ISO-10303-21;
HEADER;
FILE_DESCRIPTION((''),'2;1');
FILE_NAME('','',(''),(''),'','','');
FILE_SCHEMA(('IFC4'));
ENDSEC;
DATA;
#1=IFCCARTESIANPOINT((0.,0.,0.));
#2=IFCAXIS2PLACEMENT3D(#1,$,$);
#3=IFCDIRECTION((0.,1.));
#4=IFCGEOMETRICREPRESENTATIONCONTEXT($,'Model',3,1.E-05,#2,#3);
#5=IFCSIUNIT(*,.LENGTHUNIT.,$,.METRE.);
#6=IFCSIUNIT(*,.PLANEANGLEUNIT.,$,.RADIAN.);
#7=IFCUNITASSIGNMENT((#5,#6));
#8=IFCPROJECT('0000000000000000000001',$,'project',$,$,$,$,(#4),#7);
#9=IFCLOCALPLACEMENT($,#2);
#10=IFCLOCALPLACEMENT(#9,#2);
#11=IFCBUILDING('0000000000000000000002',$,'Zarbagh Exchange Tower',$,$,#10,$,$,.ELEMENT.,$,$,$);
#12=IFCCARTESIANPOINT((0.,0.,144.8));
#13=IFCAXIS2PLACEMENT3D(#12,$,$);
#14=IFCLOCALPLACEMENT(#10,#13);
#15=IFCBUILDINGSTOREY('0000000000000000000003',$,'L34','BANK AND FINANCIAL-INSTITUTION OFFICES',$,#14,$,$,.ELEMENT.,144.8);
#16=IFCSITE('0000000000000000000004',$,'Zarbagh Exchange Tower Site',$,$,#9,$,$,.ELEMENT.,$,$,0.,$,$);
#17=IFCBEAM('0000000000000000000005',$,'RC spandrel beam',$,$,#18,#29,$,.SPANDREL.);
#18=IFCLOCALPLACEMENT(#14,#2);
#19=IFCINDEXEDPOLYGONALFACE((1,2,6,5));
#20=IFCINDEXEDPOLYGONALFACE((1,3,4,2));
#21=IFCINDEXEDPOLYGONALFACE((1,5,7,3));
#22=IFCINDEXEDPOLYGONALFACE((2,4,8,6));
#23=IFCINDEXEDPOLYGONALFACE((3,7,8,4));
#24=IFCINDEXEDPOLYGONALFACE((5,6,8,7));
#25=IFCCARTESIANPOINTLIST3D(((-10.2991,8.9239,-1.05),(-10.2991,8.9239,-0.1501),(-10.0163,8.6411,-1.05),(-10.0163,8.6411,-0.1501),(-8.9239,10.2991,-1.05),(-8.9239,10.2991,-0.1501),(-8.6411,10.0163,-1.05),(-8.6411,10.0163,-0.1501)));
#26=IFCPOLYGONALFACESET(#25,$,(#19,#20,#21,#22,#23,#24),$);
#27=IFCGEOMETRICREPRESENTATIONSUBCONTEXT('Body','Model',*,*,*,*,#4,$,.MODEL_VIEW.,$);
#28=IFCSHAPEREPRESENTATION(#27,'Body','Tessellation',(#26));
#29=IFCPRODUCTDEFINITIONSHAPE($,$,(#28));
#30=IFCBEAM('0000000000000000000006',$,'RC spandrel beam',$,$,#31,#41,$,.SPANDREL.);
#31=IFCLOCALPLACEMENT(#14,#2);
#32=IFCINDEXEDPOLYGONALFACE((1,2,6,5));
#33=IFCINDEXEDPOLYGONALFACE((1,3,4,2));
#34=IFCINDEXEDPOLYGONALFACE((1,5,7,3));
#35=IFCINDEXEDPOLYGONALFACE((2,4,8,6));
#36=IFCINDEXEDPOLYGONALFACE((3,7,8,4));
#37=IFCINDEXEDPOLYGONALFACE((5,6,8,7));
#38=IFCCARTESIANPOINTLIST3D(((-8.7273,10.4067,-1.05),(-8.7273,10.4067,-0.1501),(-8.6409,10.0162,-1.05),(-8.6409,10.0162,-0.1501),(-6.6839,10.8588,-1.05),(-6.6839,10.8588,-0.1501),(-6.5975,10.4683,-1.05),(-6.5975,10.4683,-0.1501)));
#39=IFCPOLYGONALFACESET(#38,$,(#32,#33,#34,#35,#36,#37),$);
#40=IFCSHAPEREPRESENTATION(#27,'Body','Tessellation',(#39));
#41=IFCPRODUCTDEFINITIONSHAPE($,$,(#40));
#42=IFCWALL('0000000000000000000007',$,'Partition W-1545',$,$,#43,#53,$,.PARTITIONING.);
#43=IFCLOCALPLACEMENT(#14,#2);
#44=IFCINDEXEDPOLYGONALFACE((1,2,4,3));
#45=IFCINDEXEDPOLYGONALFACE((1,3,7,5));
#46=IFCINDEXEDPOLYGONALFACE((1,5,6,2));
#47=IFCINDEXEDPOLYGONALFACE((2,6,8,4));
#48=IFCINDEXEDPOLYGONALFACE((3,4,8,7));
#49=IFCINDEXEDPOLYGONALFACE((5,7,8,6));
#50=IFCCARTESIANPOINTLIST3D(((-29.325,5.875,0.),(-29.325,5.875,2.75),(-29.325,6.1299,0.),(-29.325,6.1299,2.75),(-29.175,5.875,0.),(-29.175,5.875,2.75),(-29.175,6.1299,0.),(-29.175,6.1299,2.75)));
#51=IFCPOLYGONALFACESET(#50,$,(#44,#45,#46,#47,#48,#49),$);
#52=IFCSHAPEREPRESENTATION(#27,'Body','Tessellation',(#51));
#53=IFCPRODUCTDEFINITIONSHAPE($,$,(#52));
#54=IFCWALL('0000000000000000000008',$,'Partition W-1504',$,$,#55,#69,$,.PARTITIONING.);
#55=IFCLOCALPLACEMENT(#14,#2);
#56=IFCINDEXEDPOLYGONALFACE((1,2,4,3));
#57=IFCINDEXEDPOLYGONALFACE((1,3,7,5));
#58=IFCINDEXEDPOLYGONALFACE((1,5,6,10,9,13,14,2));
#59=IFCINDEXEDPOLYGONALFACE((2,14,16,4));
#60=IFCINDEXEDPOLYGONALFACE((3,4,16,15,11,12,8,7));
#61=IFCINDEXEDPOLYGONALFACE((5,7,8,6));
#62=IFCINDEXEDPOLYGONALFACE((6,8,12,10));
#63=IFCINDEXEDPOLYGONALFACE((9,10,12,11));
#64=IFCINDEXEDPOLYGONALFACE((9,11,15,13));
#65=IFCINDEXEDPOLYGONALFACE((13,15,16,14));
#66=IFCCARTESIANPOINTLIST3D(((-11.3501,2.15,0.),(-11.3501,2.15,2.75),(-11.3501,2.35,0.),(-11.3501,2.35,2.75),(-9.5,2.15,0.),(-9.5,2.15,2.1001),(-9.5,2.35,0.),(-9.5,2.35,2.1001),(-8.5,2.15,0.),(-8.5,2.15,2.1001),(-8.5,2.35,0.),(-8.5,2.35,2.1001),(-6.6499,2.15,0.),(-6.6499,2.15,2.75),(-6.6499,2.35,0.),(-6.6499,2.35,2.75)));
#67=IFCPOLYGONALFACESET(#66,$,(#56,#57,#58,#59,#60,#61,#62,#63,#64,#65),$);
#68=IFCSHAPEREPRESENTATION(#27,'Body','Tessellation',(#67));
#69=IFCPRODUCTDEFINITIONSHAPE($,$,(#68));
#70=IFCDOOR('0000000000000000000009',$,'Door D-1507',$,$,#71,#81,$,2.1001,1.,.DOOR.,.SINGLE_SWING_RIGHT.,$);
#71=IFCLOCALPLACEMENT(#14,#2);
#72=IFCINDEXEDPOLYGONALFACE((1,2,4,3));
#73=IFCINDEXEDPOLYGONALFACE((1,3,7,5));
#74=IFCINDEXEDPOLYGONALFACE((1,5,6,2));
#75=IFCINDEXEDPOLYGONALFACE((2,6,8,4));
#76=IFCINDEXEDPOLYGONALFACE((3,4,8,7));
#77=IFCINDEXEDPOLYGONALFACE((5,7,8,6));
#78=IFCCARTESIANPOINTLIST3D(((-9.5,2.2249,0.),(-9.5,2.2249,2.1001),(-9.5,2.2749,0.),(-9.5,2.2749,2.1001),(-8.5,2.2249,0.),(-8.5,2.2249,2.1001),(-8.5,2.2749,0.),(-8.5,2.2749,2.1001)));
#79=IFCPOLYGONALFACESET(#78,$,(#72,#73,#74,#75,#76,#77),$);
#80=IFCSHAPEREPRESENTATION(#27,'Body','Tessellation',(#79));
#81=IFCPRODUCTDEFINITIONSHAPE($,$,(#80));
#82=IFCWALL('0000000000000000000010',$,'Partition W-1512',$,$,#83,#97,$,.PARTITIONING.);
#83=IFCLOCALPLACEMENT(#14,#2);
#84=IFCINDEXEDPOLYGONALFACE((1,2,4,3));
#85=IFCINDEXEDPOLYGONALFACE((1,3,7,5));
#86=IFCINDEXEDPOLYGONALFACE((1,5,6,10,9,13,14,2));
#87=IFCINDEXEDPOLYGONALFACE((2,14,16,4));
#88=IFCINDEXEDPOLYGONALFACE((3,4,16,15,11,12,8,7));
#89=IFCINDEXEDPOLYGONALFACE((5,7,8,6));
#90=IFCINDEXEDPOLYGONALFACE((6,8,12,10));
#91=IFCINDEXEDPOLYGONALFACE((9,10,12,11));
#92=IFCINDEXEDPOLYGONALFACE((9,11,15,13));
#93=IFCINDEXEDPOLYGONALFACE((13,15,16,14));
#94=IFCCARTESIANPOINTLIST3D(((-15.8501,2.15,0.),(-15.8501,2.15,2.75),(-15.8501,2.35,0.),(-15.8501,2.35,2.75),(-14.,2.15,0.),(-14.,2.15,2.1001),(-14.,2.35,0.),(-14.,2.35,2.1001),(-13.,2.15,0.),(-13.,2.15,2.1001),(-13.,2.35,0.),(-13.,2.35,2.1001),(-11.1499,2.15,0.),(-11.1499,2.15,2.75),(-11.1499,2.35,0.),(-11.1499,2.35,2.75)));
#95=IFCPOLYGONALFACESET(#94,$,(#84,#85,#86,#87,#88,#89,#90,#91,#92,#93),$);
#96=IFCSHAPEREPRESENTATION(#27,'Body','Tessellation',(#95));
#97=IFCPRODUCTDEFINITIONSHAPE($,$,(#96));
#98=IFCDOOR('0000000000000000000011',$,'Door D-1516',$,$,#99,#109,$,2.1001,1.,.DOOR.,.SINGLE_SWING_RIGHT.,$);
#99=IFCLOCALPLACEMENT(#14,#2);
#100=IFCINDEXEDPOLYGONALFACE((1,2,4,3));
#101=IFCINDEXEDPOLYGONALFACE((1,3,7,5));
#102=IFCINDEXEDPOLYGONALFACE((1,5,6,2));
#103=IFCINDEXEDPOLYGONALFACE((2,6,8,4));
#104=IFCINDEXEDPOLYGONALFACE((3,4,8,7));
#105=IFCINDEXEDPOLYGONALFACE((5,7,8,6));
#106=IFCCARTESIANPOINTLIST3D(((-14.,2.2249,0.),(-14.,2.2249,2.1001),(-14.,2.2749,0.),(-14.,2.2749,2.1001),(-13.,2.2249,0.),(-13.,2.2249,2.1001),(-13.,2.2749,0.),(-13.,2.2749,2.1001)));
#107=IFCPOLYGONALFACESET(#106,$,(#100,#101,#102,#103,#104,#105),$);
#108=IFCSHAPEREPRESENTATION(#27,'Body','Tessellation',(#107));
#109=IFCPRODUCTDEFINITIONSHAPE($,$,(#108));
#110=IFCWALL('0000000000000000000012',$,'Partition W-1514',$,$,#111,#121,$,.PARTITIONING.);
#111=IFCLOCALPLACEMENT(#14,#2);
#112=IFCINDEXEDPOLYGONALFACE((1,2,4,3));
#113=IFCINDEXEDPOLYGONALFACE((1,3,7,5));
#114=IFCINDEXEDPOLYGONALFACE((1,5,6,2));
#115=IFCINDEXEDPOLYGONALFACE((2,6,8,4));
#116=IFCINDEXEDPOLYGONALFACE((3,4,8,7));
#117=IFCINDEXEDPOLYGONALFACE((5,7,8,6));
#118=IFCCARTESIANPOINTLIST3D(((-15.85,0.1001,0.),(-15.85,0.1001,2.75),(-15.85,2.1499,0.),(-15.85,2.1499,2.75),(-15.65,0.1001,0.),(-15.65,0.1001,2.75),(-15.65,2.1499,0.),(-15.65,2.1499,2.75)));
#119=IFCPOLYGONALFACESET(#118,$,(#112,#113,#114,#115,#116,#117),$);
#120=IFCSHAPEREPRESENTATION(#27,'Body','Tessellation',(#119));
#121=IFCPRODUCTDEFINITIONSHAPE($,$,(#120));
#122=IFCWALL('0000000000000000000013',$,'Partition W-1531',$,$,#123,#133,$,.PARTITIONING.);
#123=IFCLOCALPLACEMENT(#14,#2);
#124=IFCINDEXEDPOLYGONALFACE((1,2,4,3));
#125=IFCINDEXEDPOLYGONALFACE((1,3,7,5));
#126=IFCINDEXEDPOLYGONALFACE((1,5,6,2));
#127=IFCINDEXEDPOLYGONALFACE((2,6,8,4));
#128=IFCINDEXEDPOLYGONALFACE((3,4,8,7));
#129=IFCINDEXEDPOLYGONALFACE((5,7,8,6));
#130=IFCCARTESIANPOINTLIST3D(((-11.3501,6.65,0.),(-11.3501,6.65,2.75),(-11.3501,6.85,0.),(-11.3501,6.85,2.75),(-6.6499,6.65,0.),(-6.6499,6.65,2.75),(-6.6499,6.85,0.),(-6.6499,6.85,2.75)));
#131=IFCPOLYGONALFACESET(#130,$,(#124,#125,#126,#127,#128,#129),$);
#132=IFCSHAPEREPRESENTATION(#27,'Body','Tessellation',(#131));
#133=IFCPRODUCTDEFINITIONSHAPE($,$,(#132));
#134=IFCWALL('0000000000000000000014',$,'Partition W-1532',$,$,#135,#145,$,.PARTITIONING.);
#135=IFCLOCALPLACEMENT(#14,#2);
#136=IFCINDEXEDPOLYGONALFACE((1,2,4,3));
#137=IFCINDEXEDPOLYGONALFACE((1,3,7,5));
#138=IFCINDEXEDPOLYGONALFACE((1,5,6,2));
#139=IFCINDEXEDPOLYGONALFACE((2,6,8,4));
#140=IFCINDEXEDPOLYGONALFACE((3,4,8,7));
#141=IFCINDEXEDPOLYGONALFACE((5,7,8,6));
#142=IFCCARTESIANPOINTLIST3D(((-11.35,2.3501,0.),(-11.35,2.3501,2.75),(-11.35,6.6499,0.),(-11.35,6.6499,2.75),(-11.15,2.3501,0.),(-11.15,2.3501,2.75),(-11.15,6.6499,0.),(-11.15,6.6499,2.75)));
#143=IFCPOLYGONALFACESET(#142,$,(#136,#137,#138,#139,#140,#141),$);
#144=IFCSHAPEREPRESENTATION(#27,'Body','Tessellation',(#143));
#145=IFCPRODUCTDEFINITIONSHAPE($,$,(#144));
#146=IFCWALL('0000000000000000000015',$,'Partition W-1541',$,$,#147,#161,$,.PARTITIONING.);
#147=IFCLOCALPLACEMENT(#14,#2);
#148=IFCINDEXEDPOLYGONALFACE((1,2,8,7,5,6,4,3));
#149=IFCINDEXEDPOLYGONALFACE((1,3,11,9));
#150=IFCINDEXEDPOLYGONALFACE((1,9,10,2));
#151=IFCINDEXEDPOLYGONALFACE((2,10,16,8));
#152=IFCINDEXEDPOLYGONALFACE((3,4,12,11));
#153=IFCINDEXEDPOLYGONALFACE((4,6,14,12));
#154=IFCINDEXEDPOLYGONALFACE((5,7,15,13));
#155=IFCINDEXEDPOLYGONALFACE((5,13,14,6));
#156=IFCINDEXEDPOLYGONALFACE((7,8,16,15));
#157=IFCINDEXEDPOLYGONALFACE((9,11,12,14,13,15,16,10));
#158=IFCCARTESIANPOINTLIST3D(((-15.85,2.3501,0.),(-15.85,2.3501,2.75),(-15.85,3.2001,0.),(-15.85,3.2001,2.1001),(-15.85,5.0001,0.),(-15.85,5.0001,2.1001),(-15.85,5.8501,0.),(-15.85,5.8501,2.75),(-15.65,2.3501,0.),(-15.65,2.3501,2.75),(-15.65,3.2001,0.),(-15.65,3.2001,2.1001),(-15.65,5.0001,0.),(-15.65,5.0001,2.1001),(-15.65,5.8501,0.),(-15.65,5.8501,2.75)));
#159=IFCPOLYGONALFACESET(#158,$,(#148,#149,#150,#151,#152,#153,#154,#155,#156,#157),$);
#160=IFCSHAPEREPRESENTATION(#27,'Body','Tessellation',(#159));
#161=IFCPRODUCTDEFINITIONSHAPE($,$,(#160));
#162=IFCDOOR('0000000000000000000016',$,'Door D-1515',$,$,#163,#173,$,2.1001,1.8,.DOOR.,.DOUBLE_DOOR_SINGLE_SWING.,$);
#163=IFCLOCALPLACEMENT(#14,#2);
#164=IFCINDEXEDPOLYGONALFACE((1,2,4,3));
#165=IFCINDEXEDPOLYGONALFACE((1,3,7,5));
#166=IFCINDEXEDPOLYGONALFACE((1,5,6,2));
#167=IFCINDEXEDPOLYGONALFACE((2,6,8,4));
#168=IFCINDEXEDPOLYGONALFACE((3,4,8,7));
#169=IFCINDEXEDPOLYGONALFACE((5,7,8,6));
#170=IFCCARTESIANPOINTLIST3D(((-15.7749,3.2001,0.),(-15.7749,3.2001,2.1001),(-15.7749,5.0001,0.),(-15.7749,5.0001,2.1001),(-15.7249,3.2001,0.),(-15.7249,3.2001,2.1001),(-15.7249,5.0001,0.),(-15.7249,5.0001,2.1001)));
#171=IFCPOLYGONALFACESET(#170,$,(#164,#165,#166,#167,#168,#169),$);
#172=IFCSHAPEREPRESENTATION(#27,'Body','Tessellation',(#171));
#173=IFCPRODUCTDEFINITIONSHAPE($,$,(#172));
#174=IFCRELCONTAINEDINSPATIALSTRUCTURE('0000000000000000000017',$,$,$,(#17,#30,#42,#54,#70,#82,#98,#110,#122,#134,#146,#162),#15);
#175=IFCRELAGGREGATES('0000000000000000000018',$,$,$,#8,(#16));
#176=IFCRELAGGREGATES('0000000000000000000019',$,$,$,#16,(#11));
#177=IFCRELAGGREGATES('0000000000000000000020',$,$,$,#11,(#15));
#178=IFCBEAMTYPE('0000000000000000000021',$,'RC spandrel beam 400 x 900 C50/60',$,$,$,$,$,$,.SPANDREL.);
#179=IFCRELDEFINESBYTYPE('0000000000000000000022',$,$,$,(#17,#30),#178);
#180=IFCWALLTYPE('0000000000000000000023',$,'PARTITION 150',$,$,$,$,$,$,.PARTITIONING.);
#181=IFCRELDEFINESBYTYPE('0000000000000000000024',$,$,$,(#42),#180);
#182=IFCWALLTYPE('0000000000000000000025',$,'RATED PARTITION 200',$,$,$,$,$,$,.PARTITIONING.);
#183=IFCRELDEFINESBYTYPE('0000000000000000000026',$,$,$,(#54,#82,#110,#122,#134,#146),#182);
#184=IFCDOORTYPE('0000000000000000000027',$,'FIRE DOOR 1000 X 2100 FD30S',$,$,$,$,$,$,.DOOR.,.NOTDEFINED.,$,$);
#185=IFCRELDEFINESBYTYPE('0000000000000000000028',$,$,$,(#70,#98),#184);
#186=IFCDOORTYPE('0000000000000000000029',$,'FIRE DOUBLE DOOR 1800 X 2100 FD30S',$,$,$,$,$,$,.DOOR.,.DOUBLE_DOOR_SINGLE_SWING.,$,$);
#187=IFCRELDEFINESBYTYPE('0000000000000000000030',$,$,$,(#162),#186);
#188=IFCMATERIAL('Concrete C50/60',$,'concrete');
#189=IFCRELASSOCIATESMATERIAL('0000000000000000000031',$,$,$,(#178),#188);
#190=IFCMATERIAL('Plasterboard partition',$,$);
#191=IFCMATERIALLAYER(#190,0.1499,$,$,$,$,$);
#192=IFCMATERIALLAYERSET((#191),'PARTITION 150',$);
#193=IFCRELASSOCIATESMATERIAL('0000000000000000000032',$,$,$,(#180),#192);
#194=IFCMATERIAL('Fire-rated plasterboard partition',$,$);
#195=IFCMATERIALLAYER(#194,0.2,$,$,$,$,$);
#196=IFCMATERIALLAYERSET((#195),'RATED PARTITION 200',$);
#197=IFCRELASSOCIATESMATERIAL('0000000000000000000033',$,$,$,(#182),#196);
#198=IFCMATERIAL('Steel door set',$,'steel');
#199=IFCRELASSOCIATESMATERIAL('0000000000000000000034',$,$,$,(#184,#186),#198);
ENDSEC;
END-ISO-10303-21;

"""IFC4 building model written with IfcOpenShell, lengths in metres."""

from ifc_helpers import new_model, si_unit, direction, frame, frame_2d, origin, origin_2d, place, context, subcontext, project, spatial, rectangle, extrude, material, layer, layer_set, material_profile, profile_set, type_object, element, fill, save


model = new_model("IFC4")

# Units and contexts
model_context = context("Model", 3, precision=1e-05, world=origin(), true_north=direction((0.0, 1.0)))
body_context = subcontext(model_context, "Body", "Model", "MODEL_VIEW")
ifc_project = project(units=[si_unit("LENGTHUNIT", "METRE"), si_unit("PLANEANGLEUNIT", "RADIAN")], contexts=[model_context])

# Site, building, storey
site_placement = place(None, origin())
site = spatial("IfcSite", under=ifc_project, at=site_placement, Name="Zarbagh Exchange Tower Site", CompositionType="ELEMENT", RefElevation=0.0)
building_placement = place(site_placement, origin())
building = spatial("IfcBuilding", under=site, at=building_placement, Name="Zarbagh Exchange Tower", CompositionType="ELEMENT")
storey_placement = place(building_placement, frame((0.0, 0.0, 144.8)))
storey = spatial("IfcBuildingStorey", under=building, at=storey_placement, Name="L34", Description="BANK AND FINANCIAL-INSTITUTION OFFICES", CompositionType="ELEMENT", Elevation=144.8)

# Shared definitions
ifc_material_1 = material(Name="Concrete C50/60", Category="concrete")

# Beams
ifc_material_profile_1 = material_profile(ifc_material_1, rectangle(XDim=0.3999, YDim=0.8999, at=origin_2d()), Name="RC spandrel beam 400 x 900 C50/60")
ifc_profile_set_1 = profile_set([ifc_material_profile_1], Name="Concrete C50/60")
beam_type_1 = type_object("IfcBeamType", Name="RC spandrel beam 400 x 900 C50/60", PredefinedType="SPANDREL", material=ifc_profile_set_1)
beam_1_placement = place(storey_placement, frame((-10.1577, 8.7825, -0.6001), z_axis=(0.707107, 0.707107, 0.0), x_axis=(-0.707107, 0.707107, 0.0)))
element("IfcBeam", 1, at=beam_1_placement, inside=storey, type_object=beam_type_1, Name="RC spandrel beam", PredefinedType="SPANDREL", context=body_context, shape_type="SweptSolid", body=[
    extrude(rectangle(XDim=0.3999, YDim=0.8999, at=origin_2d()), origin(), (0.0, 0.0, 1.0), 1.9448),
])
beam_2_placement = place(storey_placement, frame((-8.6841, 10.2114, -0.6001), z_axis=(0.976384, 0.216041, 0.0), x_axis=(-0.216041, 0.976384, 0.0)))
element("IfcBeam", 2, at=beam_2_placement, inside=storey, type_object=beam_type_1, Name="RC spandrel beam", PredefinedType="SPANDREL", context=body_context, shape_type="SweptSolid", body=[
    extrude(rectangle(XDim=0.3999, YDim=0.8999, at=origin_2d()), origin(), (0.0, 0.0, 1.0), 2.0928),
])

# Wall
ifc_material_2 = material(Name="Plasterboard partition")
ifc_layer_1 = layer(ifc_material_2, 0.1499)
ifc_layer_set_1 = layer_set([ifc_layer_1], Name="PARTITION 150")
wall_type_1 = type_object("IfcWallType", Name="PARTITION 150", PredefinedType="PARTITIONING", material=ifc_layer_set_1)
wall_1_placement = place(storey_placement, frame((-29.25, 5.875, 0.0), z_axis=(0.0, 0.0, 1.0), x_axis=(0.0, 1.0, 0.0)))
element("IfcWall", 3, at=wall_1_placement, inside=storey, type_object=wall_type_1, Name="Partition W-1545", PredefinedType="PARTITIONING", context=body_context, shape_type="SweptSolid", body=[
    extrude(rectangle(XDim=0.2549, YDim=0.1499, at=frame_2d((0.1274, 0.0))), origin(), (0.0, 0.0, 1.0), 2.75),
])

# Walls, openings, doors
ifc_material_3 = material(Name="Fire-rated plasterboard partition")
ifc_layer_2 = layer(ifc_material_3, 0.2)
ifc_layer_set_2 = layer_set([ifc_layer_2], Name="RATED PARTITION 200")
wall_type_2 = type_object("IfcWallType", Name="RATED PARTITION 200", PredefinedType="PARTITIONING", material=ifc_layer_set_2)
wall_2_placement = place(storey_placement, frame((-11.3501, 2.25, 0.0), z_axis=(0.0, 0.0, 1.0), x_axis=(1.0, 0.0, 0.0)))
wall_2 = element("IfcWall", 4, at=wall_2_placement, inside=storey, type_object=wall_type_2, Name="Partition W-1504", PredefinedType="PARTITIONING", context=body_context, shape_type="SweptSolid", body=[
    extrude(rectangle(XDim=4.7002, YDim=0.2, at=frame_2d((2.3501, 0.0))), origin(), (0.0, 0.0, 1.0), 2.75),
])
opening_1_placement = place(wall_2_placement, frame((1.8501, 0.0, 0.0)))
opening_1 = element("IfcOpeningElement", 5, at=opening_1_placement, cuts=wall_2, PredefinedType="OPENING", context=body_context, shape_type="SweptSolid", body=[
    extrude(rectangle(XDim=1.0, YDim=2.1001, at=frame_2d((0.5, 1.05))), frame((0.0, 0.1099, 0.0), z_axis=(0.0, -1.0, 0.0), x_axis=(1.0, 0.0, 0.0)), (0.0, 0.0, 1.0), 0.22),
])
ifc_material_4 = material(Name="Steel door set", Category="steel")
door_type_1 = type_object("IfcDoorType", Name="FIRE DOOR 1000 X 2100 FD30S", OperationType="NOTDEFINED", PredefinedType="DOOR", material=ifc_material_4)
door_1_placement = place(opening_1_placement, origin())
door_1 = element("IfcDoor", 6, at=door_1_placement, inside=storey, type_object=door_type_1, Name="Door D-1507", OperationType="SINGLE_SWING_RIGHT", OverallHeight=2.1001, OverallWidth=1.0, PredefinedType="DOOR", context=body_context, shape_type="SweptSolid", body=[
    extrude(rectangle(XDim=1.0, YDim=2.1001, at=frame_2d((0.5, 1.05))), frame((0.0, 0.0249, 0.0), z_axis=(0.0, -1.0, 0.0), x_axis=(1.0, 0.0, 0.0)), (0.0, 0.0, 1.0), 0.05),
])
fill(opening_1, door_1)
wall_3_placement = place(storey_placement, frame((-15.8501, 2.25, 0.0), z_axis=(0.0, 0.0, 1.0), x_axis=(1.0, 0.0, 0.0)))
wall_3 = element("IfcWall", 7, at=wall_3_placement, inside=storey, type_object=wall_type_2, Name="Partition W-1512", PredefinedType="PARTITIONING", context=body_context, shape_type="SweptSolid", body=[
    extrude(rectangle(XDim=4.7002, YDim=0.2, at=frame_2d((2.3501, 0.0))), origin(), (0.0, 0.0, 1.0), 2.75),
])
opening_2_placement = place(wall_3_placement, frame((1.8501, 0.0, 0.0)))
opening_2 = element("IfcOpeningElement", 8, at=opening_2_placement, cuts=wall_3, PredefinedType="OPENING", context=body_context, shape_type="SweptSolid", body=[
    extrude(rectangle(XDim=1.0, YDim=2.1001, at=frame_2d((0.5, 1.05))), frame((0.0, 0.1099, 0.0), z_axis=(0.0, -1.0, 0.0), x_axis=(1.0, 0.0, 0.0)), (0.0, 0.0, 1.0), 0.22),
])
door_2_placement = place(opening_2_placement, origin())
door_2 = element("IfcDoor", 9, at=door_2_placement, inside=storey, type_object=door_type_1, Name="Door D-1516", OperationType="SINGLE_SWING_RIGHT", OverallHeight=2.1001, OverallWidth=1.0, PredefinedType="DOOR", context=body_context, shape_type="SweptSolid", body=[
    extrude(rectangle(XDim=1.0, YDim=2.1001, at=frame_2d((0.5, 1.05))), frame((0.0, 0.0249, 0.0), z_axis=(0.0, -1.0, 0.0), x_axis=(1.0, 0.0, 0.0)), (0.0, 0.0, 1.0), 0.05),
])
fill(opening_2, door_2)

# Walls
wall_4_placement = place(storey_placement, frame((-15.75, 0.1001, 0.0), z_axis=(0.0, 0.0, 1.0), x_axis=(0.0, 1.0, 0.0)))
element("IfcWall", 10, at=wall_4_placement, inside=storey, type_object=wall_type_2, Name="Partition W-1514", PredefinedType="PARTITIONING", context=body_context, shape_type="SweptSolid", body=[
    extrude(rectangle(XDim=2.0498, YDim=0.2, at=frame_2d((1.0249, 0.0))), origin(), (0.0, 0.0, 1.0), 2.75),
])
wall_5_placement = place(storey_placement, frame((-11.3501, 6.75, 0.0), z_axis=(0.0, 0.0, 1.0), x_axis=(1.0, 0.0, 0.0)))
element("IfcWall", 11, at=wall_5_placement, inside=storey, type_object=wall_type_2, Name="Partition W-1531", PredefinedType="PARTITIONING", context=body_context, shape_type="SweptSolid", body=[
    extrude(rectangle(XDim=4.7002, YDim=0.2, at=frame_2d((2.3501, 0.0))), origin(), (0.0, 0.0, 1.0), 2.75),
])
wall_6_placement = place(storey_placement, frame((-11.25, 2.3501, 0.0), z_axis=(0.0, 0.0, 1.0), x_axis=(0.0, 1.0, 0.0)))
element("IfcWall", 12, at=wall_6_placement, inside=storey, type_object=wall_type_2, Name="Partition W-1532", PredefinedType="PARTITIONING", context=body_context, shape_type="SweptSolid", body=[
    extrude(rectangle(XDim=4.2998, YDim=0.2, at=frame_2d((2.1499, 0.0))), origin(), (0.0, 0.0, 1.0), 2.75),
])

# Wall, opening, door
wall_7_placement = place(storey_placement, frame((-15.75, 2.3501, 0.0), z_axis=(0.0, 0.0, 1.0), x_axis=(0.0, 1.0, 0.0)))
wall_7 = element("IfcWall", 13, at=wall_7_placement, inside=storey, type_object=wall_type_2, Name="Partition W-1541", PredefinedType="PARTITIONING", context=body_context, shape_type="SweptSolid", body=[
    extrude(rectangle(XDim=3.5, YDim=0.2, at=frame_2d((1.75, 0.0))), origin(), (0.0, 0.0, 1.0), 2.75),
])
opening_3_placement = place(wall_7_placement, frame((0.8501, 0.0, 0.0)))
opening_3 = element("IfcOpeningElement", 14, at=opening_3_placement, cuts=wall_7, PredefinedType="OPENING", context=body_context, shape_type="SweptSolid", body=[
    extrude(rectangle(XDim=1.8, YDim=2.1001, at=frame_2d((0.8999, 1.05))), frame((0.0, 0.1099, 0.0), z_axis=(0.0, -1.0, 0.0), x_axis=(1.0, 0.0, 0.0)), (0.0, 0.0, 1.0), 0.22),
])
door_type_2 = type_object("IfcDoorType", Name="FIRE DOUBLE DOOR 1800 X 2100 FD30S", OperationType="DOUBLE_DOOR_SINGLE_SWING", PredefinedType="DOOR", material=ifc_material_4)
door_3_placement = place(opening_3_placement, origin())
door_3 = element("IfcDoor", 15, at=door_3_placement, inside=storey, type_object=door_type_2, Name="Door D-1515", OperationType="DOUBLE_DOOR_SINGLE_SWING", OverallHeight=2.1001, OverallWidth=1.8, PredefinedType="DOOR", context=body_context, shape_type="SweptSolid", body=[
    extrude(rectangle(XDim=1.8, YDim=2.1001, at=frame_2d((0.8999, 1.05))), frame((0.0, 0.0249, 0.0), z_axis=(0.0, -1.0, 0.0), x_axis=(1.0, 0.0, 0.0)), (0.0, 0.0, 1.0), 0.05),
])
fill(opening_3, door_3)

save(model, "model.ifc")
